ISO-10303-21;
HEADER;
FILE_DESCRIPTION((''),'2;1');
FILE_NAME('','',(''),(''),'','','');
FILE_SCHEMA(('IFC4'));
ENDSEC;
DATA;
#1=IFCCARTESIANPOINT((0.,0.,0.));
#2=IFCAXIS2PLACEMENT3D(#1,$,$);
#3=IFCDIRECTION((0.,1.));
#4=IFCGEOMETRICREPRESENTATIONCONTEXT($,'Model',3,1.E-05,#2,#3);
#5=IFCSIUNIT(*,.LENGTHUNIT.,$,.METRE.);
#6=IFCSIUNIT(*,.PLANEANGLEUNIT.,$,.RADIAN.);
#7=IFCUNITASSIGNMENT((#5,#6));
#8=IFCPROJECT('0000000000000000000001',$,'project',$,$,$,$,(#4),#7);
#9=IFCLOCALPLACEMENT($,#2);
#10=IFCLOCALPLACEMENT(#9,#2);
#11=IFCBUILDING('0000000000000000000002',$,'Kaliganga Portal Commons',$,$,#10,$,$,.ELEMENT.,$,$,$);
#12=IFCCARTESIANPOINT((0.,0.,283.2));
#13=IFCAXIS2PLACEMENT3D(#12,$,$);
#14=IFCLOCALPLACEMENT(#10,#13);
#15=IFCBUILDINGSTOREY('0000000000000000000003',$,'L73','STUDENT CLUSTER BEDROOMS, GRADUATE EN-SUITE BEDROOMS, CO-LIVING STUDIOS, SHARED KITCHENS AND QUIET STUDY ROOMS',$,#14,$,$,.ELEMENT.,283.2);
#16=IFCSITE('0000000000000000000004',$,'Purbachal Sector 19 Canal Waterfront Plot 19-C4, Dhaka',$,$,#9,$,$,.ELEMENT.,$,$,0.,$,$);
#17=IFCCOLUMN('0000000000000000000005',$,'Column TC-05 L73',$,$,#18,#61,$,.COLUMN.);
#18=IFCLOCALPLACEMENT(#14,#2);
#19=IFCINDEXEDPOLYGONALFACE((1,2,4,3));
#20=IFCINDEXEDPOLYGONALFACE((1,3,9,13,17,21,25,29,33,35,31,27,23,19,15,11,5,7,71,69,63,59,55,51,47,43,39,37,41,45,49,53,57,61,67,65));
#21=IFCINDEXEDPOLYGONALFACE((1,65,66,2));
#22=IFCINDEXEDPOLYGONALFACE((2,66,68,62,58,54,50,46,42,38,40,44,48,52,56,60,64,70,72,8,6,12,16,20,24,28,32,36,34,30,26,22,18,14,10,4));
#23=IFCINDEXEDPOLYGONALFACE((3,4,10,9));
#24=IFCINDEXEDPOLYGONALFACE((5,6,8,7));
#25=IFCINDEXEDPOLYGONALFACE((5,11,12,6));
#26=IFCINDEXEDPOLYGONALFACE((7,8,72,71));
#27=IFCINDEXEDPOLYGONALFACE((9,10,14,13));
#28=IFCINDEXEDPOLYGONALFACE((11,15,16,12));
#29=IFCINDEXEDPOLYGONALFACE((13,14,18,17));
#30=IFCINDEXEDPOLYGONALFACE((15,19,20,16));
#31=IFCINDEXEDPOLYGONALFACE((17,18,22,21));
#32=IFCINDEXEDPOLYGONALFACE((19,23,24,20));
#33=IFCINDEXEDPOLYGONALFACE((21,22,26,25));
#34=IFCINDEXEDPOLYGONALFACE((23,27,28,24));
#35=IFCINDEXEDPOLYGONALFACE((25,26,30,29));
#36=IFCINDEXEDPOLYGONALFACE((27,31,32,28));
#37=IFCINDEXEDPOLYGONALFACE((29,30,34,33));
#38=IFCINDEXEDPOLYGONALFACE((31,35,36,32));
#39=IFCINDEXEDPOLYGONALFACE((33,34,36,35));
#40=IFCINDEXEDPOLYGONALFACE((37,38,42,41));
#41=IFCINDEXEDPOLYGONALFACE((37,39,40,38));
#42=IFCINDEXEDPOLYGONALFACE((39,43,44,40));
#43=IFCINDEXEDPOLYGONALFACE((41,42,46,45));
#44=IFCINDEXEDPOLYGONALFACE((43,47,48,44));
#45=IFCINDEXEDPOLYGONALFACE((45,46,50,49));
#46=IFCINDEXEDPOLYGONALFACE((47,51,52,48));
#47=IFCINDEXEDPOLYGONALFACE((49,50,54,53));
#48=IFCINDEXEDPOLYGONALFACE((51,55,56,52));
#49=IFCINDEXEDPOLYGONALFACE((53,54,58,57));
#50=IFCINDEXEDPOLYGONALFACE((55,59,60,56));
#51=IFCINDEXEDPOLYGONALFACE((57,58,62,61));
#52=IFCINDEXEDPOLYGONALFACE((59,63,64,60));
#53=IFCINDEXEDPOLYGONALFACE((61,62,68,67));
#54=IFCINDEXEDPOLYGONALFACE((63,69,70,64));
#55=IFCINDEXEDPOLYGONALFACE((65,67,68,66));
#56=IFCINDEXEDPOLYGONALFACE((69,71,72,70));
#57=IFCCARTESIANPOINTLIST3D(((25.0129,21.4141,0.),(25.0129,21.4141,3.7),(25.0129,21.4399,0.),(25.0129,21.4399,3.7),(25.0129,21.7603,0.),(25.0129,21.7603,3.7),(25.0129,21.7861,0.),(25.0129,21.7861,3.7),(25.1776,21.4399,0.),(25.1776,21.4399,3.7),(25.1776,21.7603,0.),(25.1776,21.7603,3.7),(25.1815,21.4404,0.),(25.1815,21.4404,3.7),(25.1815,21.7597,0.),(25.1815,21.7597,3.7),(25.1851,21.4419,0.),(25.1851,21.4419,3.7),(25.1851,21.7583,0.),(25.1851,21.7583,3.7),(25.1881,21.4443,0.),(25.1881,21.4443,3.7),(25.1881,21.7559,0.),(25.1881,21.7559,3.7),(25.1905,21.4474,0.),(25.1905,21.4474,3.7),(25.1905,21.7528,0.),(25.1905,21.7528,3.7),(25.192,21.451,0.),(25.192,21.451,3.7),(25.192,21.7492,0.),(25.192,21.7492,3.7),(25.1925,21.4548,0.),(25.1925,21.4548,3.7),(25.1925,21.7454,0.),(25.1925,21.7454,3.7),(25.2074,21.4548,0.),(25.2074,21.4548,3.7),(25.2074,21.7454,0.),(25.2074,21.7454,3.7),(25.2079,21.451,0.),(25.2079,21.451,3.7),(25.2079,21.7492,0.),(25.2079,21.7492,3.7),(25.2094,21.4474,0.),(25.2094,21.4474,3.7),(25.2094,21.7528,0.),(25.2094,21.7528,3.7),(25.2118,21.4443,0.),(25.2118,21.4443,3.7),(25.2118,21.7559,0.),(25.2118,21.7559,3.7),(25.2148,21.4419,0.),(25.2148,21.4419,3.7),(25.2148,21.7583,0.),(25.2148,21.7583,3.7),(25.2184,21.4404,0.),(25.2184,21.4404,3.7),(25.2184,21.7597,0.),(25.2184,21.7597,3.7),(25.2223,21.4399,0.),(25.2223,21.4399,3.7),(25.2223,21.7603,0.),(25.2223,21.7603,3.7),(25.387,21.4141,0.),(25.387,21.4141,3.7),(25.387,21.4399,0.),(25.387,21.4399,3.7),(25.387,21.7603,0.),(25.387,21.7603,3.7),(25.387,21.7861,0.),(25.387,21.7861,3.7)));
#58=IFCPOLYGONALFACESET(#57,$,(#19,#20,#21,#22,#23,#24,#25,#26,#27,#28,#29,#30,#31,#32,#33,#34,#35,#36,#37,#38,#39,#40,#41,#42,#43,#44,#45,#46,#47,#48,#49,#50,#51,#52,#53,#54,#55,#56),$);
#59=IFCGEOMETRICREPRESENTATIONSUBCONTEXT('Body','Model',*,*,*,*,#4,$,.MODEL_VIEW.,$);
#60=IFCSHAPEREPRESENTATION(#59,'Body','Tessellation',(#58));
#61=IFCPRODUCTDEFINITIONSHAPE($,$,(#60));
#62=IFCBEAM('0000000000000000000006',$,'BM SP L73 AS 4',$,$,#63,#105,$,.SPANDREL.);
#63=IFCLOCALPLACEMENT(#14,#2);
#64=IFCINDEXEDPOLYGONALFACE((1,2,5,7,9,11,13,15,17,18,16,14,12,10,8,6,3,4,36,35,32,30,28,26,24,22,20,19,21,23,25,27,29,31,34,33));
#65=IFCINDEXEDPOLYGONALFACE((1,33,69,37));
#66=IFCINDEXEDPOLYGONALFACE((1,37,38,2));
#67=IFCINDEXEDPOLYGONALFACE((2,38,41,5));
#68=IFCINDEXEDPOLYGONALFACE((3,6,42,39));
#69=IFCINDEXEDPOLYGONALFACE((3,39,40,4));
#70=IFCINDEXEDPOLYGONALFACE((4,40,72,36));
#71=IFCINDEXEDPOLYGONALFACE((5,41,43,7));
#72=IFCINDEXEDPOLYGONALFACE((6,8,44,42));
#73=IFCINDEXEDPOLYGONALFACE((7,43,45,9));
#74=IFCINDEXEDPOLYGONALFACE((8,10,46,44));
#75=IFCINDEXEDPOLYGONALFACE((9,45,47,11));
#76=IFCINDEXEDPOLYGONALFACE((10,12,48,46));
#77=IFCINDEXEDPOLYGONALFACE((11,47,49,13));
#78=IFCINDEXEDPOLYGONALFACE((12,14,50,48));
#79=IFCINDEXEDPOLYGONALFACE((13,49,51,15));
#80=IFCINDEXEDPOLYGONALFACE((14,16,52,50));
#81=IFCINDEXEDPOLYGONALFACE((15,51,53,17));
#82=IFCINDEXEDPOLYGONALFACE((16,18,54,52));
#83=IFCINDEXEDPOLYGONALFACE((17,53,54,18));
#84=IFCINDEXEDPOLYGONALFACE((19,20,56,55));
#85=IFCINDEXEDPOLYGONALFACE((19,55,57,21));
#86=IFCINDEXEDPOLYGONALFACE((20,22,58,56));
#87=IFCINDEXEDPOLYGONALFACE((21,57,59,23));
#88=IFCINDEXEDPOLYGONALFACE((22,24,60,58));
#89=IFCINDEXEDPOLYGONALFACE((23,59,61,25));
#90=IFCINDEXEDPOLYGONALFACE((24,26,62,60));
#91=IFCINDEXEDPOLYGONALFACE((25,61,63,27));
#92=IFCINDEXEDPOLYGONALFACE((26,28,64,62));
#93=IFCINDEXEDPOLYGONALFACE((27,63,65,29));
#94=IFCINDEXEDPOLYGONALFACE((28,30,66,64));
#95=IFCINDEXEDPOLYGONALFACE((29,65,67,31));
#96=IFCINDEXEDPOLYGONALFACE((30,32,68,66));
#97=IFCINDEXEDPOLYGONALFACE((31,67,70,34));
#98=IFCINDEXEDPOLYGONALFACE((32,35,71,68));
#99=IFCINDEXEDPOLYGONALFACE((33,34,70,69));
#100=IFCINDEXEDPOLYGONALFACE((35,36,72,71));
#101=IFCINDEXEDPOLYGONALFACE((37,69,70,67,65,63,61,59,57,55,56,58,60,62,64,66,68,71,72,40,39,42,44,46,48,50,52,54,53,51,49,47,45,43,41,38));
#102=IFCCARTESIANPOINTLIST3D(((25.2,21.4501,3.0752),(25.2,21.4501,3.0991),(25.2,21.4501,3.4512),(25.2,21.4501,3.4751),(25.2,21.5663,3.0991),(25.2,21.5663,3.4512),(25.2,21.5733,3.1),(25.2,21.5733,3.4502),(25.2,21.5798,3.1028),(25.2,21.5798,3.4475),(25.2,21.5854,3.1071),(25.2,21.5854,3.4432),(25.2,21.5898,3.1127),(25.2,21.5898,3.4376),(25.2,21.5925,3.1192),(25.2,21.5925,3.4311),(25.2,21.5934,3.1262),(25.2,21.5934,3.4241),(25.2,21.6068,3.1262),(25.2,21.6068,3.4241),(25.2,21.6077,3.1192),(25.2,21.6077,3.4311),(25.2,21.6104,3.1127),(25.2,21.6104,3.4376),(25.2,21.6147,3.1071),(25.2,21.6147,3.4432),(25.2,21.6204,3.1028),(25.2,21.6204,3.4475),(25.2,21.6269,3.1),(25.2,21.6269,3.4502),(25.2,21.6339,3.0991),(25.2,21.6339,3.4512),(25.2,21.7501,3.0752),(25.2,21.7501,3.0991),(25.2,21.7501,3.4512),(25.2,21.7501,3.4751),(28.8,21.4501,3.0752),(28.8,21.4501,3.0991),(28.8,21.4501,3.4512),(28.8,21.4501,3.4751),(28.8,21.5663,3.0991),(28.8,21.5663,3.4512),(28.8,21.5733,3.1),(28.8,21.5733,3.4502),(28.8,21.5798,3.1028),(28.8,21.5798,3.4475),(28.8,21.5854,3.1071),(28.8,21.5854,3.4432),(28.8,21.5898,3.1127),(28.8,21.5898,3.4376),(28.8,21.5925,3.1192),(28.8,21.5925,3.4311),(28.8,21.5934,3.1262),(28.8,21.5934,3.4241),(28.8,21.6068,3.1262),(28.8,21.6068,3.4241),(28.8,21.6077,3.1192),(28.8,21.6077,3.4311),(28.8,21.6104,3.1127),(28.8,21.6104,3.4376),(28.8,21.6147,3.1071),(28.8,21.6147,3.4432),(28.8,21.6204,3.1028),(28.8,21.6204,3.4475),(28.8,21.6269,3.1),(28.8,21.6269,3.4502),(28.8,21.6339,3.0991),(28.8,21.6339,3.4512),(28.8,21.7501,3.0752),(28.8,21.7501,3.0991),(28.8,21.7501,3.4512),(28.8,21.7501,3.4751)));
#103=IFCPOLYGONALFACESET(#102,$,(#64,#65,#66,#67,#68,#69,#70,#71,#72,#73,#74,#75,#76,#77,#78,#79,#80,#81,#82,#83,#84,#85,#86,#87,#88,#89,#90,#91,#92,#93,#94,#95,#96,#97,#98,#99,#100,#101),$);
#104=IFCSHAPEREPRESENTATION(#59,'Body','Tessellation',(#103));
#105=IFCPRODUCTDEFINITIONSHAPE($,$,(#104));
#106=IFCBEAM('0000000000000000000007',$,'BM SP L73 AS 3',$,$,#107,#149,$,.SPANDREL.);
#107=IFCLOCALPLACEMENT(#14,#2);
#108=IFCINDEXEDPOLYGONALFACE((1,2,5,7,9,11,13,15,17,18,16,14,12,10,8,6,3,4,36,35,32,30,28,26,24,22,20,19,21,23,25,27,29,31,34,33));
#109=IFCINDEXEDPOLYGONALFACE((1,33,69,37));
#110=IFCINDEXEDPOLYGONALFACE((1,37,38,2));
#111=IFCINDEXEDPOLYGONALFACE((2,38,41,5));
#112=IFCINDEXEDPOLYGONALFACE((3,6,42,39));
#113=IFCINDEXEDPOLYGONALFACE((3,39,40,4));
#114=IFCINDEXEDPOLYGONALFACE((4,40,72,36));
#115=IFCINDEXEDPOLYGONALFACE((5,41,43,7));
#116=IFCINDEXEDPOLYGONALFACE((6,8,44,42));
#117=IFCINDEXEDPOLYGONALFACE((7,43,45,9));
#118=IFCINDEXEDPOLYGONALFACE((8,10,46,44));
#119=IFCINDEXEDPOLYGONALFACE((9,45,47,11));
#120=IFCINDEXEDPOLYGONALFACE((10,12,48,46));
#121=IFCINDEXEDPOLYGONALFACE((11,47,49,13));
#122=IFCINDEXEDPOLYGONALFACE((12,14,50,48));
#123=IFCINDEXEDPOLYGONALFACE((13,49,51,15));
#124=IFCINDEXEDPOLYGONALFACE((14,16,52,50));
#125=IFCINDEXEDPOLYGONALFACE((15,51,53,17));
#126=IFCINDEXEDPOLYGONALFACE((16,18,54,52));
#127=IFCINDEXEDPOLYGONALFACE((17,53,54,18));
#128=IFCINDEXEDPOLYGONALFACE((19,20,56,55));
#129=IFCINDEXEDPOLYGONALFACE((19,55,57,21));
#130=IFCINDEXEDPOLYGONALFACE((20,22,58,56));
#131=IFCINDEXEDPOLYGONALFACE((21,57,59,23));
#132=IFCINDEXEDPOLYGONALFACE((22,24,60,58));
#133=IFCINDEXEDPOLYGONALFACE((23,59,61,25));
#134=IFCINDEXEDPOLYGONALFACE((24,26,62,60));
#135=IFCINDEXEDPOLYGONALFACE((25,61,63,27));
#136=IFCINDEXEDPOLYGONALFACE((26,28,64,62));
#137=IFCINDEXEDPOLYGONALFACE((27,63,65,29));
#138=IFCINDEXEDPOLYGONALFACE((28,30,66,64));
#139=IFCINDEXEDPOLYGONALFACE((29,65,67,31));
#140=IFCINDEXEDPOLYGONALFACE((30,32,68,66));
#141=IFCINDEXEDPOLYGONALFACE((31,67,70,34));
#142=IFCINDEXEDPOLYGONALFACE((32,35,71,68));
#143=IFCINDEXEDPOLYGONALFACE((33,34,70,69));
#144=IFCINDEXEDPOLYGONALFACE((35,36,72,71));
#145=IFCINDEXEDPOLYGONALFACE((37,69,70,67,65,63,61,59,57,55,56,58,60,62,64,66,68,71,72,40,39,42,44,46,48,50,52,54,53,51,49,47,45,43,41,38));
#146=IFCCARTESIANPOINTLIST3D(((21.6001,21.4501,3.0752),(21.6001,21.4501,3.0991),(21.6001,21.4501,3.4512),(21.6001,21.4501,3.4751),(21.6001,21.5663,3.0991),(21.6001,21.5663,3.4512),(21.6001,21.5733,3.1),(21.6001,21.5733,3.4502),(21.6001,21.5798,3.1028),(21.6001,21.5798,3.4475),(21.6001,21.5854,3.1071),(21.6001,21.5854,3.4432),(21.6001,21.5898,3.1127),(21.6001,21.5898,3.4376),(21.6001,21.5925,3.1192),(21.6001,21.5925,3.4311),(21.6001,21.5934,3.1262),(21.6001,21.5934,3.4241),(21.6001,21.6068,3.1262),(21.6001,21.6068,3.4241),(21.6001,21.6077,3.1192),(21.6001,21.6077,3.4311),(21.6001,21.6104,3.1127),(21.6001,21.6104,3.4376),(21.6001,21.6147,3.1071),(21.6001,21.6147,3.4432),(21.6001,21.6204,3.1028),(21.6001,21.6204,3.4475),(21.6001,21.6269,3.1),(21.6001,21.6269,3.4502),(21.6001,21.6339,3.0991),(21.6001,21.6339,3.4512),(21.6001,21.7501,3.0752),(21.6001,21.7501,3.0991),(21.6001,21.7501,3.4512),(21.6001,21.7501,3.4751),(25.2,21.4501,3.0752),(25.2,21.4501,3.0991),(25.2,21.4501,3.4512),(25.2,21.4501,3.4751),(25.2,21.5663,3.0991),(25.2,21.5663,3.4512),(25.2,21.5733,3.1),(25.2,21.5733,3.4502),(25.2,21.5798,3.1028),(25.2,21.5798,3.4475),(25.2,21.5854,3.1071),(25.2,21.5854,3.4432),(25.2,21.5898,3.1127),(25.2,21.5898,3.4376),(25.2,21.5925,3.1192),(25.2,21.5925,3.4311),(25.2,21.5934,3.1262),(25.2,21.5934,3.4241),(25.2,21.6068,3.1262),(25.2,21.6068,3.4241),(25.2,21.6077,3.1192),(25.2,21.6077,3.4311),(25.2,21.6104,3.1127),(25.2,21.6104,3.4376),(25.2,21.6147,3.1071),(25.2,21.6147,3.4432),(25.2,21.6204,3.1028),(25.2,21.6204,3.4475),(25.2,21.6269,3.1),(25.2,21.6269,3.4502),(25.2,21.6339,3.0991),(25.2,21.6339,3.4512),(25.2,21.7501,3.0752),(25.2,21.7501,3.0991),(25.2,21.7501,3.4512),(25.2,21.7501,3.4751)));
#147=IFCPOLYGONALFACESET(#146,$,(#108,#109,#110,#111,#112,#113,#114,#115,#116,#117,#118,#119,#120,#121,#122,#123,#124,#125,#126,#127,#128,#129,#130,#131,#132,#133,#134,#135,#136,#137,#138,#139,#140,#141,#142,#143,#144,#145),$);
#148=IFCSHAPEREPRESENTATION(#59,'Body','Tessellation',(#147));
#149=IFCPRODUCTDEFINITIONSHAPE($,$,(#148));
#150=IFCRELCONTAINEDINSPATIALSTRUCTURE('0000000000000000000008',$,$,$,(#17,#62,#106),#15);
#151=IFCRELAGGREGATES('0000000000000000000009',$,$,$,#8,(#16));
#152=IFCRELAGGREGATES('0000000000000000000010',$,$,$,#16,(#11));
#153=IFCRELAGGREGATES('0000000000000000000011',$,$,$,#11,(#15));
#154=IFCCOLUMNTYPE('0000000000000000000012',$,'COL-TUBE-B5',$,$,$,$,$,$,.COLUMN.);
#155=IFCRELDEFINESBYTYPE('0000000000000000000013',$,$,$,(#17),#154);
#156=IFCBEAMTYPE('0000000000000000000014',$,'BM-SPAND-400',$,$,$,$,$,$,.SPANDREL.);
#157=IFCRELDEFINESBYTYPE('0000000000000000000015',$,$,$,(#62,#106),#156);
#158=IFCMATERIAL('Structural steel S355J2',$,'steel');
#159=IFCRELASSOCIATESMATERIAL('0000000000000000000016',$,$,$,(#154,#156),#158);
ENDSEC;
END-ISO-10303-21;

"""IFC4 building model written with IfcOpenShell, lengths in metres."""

from ifc_helpers import new_model, si_unit, direction, frame, origin, origin_2d, place, context, subcontext, project, spatial, i_section, extrude, source, transform, mapped, material, material_profile, profile_set, type_object, element, save


model = new_model("IFC4")

# Units and contexts
model_context = context("Model", 3, precision=1e-05, world=origin(), true_north=direction((0.0, 1.0)))
body_context = subcontext(model_context, "Body", "Model", "MODEL_VIEW")
ifc_project = project(units=[si_unit("LENGTHUNIT", "METRE"), si_unit("PLANEANGLEUNIT", "RADIAN")], contexts=[model_context])

# Site, building, storey
site_placement = place(None, origin())
site = spatial("IfcSite", under=ifc_project, at=site_placement, Name="Purbachal Sector 19 Canal Waterfront Plot 19-C4, Dhaka", CompositionType="ELEMENT", RefElevation=0.0)
building_placement = place(site_placement, origin())
building = spatial("IfcBuilding", under=site, at=building_placement, Name="Kaliganga Portal Commons", CompositionType="ELEMENT")
storey_placement = place(building_placement, frame((0.0, 0.0, 283.2)))
storey = spatial("IfcBuildingStorey", under=building, at=storey_placement, Name="L73", Description="STUDENT CLUSTER BEDROOMS, GRADUATE EN-SUITE BEDROOMS, CO-LIVING STUDIOS, SHARED KITCHENS AND QUIET STUDY ROOMS", CompositionType="ELEMENT", Elevation=283.2)

# Column
ifc_material_1 = material(Name="Structural steel S355J2", Category="steel")
ifc_material_profile_1 = material_profile(ifc_material_1, i_section(OverallWidth=0.374, OverallDepth=0.3721, WebThickness=0.0149, FlangeThickness=0.0259, FilletRadius=0.0149, at=origin_2d()), Name="HD 360x196")
ifc_profile_set_1 = profile_set([ifc_material_profile_1], Name="Structural steel S355J2 wide-flange")
column_type = type_object("IfcColumnType", Name="COL-TUBE-B5", PredefinedType="COLUMN", material=ifc_profile_set_1)
shared_shape_1 = source(origin(), body_context, "Body", "SweptSolid", [
    extrude(i_section(OverallWidth=0.374, OverallDepth=0.3721, WebThickness=0.0149, FlangeThickness=0.0259, FilletRadius=0.0149, at=origin_2d()), origin(), (0.0, 0.0, 1.0), 3.7),
])
column_placement = place(storey_placement, frame((25.2, 21.6001, 0.0), z_axis=(0.0, 0.0, 1.0), x_axis=(1.0, 0.0, 0.0)))
element("IfcColumn", 1, at=column_placement, inside=storey, type_object=column_type, Name="Column TC-05 L73", PredefinedType="COLUMN", context=body_context, shape_type="MappedRepresentation", body=[
    mapped(shared_shape_1, transform((0.0, 0.0, 0.0), x_axis=(1.0, 0.0, 0.0), y_axis=(0.0, 1.0, 0.0), z_axis=(0.0, 0.0, 1.0), scale=1.0)),
])

# Beams
ifc_material_profile_2 = material_profile(ifc_material_1, i_section(OverallWidth=0.3, OverallDepth=0.3999, WebThickness=0.0134, FlangeThickness=0.0239, FilletRadius=0.0271, at=origin_2d()), Name="HE 400 B")
ifc_profile_set_2 = profile_set([ifc_material_profile_2], Name="Structural steel S355J2 wide-flange")
beam_type_1 = type_object("IfcBeamType", Name="BM-SPAND-400", PredefinedType="SPANDREL", material=ifc_profile_set_2)
shared_shape_2 = source(origin(), body_context, "Body", "SweptSolid", [
    extrude(i_section(OverallWidth=0.3, OverallDepth=0.3999, WebThickness=0.0134, FlangeThickness=0.0239, FilletRadius=0.0271, at=origin_2d()), origin(), (0.0, 0.0, 1.0), 3.6001),
])
beam_1_placement = place(storey_placement, frame((25.2, 21.6001, 3.2751), z_axis=(1.0, 0.0, 0.0), x_axis=(0.0, 1.0, 0.0)))
element("IfcBeam", 2, at=beam_1_placement, inside=storey, type_object=beam_type_1, Name="BM SP L73 AS 4", PredefinedType="SPANDREL", context=body_context, shape_type="MappedRepresentation", body=[
    mapped(shared_shape_2, transform((0.0, 0.0, 0.0), x_axis=(1.0, 0.0, 0.0), y_axis=(0.0, 1.0, 0.0), z_axis=(0.0, 0.0, 1.0), scale=1.0)),
])
shared_shape_3 = source(origin(), body_context, "Body", "SweptSolid", [
    extrude(i_section(OverallWidth=0.3, OverallDepth=0.3999, WebThickness=0.0134, FlangeThickness=0.0239, FilletRadius=0.0271, at=origin_2d()), origin(), (0.0, 0.0, 1.0), 3.5999),
])
beam_2_placement = place(storey_placement, frame((21.6001, 21.6001, 3.2751), z_axis=(1.0, 0.0, 0.0), x_axis=(0.0, 1.0, 0.0)))
element("IfcBeam", 3, at=beam_2_placement, inside=storey, type_object=beam_type_1, Name="BM SP L73 AS 3", PredefinedType="SPANDREL", context=body_context, shape_type="MappedRepresentation", body=[
    mapped(shared_shape_3, transform((0.0, 0.0, 0.0), x_axis=(1.0, 0.0, 0.0), y_axis=(0.0, 1.0, 0.0), z_axis=(0.0, 0.0, 1.0), scale=1.0)),
])

save(model, "model.ifc")
